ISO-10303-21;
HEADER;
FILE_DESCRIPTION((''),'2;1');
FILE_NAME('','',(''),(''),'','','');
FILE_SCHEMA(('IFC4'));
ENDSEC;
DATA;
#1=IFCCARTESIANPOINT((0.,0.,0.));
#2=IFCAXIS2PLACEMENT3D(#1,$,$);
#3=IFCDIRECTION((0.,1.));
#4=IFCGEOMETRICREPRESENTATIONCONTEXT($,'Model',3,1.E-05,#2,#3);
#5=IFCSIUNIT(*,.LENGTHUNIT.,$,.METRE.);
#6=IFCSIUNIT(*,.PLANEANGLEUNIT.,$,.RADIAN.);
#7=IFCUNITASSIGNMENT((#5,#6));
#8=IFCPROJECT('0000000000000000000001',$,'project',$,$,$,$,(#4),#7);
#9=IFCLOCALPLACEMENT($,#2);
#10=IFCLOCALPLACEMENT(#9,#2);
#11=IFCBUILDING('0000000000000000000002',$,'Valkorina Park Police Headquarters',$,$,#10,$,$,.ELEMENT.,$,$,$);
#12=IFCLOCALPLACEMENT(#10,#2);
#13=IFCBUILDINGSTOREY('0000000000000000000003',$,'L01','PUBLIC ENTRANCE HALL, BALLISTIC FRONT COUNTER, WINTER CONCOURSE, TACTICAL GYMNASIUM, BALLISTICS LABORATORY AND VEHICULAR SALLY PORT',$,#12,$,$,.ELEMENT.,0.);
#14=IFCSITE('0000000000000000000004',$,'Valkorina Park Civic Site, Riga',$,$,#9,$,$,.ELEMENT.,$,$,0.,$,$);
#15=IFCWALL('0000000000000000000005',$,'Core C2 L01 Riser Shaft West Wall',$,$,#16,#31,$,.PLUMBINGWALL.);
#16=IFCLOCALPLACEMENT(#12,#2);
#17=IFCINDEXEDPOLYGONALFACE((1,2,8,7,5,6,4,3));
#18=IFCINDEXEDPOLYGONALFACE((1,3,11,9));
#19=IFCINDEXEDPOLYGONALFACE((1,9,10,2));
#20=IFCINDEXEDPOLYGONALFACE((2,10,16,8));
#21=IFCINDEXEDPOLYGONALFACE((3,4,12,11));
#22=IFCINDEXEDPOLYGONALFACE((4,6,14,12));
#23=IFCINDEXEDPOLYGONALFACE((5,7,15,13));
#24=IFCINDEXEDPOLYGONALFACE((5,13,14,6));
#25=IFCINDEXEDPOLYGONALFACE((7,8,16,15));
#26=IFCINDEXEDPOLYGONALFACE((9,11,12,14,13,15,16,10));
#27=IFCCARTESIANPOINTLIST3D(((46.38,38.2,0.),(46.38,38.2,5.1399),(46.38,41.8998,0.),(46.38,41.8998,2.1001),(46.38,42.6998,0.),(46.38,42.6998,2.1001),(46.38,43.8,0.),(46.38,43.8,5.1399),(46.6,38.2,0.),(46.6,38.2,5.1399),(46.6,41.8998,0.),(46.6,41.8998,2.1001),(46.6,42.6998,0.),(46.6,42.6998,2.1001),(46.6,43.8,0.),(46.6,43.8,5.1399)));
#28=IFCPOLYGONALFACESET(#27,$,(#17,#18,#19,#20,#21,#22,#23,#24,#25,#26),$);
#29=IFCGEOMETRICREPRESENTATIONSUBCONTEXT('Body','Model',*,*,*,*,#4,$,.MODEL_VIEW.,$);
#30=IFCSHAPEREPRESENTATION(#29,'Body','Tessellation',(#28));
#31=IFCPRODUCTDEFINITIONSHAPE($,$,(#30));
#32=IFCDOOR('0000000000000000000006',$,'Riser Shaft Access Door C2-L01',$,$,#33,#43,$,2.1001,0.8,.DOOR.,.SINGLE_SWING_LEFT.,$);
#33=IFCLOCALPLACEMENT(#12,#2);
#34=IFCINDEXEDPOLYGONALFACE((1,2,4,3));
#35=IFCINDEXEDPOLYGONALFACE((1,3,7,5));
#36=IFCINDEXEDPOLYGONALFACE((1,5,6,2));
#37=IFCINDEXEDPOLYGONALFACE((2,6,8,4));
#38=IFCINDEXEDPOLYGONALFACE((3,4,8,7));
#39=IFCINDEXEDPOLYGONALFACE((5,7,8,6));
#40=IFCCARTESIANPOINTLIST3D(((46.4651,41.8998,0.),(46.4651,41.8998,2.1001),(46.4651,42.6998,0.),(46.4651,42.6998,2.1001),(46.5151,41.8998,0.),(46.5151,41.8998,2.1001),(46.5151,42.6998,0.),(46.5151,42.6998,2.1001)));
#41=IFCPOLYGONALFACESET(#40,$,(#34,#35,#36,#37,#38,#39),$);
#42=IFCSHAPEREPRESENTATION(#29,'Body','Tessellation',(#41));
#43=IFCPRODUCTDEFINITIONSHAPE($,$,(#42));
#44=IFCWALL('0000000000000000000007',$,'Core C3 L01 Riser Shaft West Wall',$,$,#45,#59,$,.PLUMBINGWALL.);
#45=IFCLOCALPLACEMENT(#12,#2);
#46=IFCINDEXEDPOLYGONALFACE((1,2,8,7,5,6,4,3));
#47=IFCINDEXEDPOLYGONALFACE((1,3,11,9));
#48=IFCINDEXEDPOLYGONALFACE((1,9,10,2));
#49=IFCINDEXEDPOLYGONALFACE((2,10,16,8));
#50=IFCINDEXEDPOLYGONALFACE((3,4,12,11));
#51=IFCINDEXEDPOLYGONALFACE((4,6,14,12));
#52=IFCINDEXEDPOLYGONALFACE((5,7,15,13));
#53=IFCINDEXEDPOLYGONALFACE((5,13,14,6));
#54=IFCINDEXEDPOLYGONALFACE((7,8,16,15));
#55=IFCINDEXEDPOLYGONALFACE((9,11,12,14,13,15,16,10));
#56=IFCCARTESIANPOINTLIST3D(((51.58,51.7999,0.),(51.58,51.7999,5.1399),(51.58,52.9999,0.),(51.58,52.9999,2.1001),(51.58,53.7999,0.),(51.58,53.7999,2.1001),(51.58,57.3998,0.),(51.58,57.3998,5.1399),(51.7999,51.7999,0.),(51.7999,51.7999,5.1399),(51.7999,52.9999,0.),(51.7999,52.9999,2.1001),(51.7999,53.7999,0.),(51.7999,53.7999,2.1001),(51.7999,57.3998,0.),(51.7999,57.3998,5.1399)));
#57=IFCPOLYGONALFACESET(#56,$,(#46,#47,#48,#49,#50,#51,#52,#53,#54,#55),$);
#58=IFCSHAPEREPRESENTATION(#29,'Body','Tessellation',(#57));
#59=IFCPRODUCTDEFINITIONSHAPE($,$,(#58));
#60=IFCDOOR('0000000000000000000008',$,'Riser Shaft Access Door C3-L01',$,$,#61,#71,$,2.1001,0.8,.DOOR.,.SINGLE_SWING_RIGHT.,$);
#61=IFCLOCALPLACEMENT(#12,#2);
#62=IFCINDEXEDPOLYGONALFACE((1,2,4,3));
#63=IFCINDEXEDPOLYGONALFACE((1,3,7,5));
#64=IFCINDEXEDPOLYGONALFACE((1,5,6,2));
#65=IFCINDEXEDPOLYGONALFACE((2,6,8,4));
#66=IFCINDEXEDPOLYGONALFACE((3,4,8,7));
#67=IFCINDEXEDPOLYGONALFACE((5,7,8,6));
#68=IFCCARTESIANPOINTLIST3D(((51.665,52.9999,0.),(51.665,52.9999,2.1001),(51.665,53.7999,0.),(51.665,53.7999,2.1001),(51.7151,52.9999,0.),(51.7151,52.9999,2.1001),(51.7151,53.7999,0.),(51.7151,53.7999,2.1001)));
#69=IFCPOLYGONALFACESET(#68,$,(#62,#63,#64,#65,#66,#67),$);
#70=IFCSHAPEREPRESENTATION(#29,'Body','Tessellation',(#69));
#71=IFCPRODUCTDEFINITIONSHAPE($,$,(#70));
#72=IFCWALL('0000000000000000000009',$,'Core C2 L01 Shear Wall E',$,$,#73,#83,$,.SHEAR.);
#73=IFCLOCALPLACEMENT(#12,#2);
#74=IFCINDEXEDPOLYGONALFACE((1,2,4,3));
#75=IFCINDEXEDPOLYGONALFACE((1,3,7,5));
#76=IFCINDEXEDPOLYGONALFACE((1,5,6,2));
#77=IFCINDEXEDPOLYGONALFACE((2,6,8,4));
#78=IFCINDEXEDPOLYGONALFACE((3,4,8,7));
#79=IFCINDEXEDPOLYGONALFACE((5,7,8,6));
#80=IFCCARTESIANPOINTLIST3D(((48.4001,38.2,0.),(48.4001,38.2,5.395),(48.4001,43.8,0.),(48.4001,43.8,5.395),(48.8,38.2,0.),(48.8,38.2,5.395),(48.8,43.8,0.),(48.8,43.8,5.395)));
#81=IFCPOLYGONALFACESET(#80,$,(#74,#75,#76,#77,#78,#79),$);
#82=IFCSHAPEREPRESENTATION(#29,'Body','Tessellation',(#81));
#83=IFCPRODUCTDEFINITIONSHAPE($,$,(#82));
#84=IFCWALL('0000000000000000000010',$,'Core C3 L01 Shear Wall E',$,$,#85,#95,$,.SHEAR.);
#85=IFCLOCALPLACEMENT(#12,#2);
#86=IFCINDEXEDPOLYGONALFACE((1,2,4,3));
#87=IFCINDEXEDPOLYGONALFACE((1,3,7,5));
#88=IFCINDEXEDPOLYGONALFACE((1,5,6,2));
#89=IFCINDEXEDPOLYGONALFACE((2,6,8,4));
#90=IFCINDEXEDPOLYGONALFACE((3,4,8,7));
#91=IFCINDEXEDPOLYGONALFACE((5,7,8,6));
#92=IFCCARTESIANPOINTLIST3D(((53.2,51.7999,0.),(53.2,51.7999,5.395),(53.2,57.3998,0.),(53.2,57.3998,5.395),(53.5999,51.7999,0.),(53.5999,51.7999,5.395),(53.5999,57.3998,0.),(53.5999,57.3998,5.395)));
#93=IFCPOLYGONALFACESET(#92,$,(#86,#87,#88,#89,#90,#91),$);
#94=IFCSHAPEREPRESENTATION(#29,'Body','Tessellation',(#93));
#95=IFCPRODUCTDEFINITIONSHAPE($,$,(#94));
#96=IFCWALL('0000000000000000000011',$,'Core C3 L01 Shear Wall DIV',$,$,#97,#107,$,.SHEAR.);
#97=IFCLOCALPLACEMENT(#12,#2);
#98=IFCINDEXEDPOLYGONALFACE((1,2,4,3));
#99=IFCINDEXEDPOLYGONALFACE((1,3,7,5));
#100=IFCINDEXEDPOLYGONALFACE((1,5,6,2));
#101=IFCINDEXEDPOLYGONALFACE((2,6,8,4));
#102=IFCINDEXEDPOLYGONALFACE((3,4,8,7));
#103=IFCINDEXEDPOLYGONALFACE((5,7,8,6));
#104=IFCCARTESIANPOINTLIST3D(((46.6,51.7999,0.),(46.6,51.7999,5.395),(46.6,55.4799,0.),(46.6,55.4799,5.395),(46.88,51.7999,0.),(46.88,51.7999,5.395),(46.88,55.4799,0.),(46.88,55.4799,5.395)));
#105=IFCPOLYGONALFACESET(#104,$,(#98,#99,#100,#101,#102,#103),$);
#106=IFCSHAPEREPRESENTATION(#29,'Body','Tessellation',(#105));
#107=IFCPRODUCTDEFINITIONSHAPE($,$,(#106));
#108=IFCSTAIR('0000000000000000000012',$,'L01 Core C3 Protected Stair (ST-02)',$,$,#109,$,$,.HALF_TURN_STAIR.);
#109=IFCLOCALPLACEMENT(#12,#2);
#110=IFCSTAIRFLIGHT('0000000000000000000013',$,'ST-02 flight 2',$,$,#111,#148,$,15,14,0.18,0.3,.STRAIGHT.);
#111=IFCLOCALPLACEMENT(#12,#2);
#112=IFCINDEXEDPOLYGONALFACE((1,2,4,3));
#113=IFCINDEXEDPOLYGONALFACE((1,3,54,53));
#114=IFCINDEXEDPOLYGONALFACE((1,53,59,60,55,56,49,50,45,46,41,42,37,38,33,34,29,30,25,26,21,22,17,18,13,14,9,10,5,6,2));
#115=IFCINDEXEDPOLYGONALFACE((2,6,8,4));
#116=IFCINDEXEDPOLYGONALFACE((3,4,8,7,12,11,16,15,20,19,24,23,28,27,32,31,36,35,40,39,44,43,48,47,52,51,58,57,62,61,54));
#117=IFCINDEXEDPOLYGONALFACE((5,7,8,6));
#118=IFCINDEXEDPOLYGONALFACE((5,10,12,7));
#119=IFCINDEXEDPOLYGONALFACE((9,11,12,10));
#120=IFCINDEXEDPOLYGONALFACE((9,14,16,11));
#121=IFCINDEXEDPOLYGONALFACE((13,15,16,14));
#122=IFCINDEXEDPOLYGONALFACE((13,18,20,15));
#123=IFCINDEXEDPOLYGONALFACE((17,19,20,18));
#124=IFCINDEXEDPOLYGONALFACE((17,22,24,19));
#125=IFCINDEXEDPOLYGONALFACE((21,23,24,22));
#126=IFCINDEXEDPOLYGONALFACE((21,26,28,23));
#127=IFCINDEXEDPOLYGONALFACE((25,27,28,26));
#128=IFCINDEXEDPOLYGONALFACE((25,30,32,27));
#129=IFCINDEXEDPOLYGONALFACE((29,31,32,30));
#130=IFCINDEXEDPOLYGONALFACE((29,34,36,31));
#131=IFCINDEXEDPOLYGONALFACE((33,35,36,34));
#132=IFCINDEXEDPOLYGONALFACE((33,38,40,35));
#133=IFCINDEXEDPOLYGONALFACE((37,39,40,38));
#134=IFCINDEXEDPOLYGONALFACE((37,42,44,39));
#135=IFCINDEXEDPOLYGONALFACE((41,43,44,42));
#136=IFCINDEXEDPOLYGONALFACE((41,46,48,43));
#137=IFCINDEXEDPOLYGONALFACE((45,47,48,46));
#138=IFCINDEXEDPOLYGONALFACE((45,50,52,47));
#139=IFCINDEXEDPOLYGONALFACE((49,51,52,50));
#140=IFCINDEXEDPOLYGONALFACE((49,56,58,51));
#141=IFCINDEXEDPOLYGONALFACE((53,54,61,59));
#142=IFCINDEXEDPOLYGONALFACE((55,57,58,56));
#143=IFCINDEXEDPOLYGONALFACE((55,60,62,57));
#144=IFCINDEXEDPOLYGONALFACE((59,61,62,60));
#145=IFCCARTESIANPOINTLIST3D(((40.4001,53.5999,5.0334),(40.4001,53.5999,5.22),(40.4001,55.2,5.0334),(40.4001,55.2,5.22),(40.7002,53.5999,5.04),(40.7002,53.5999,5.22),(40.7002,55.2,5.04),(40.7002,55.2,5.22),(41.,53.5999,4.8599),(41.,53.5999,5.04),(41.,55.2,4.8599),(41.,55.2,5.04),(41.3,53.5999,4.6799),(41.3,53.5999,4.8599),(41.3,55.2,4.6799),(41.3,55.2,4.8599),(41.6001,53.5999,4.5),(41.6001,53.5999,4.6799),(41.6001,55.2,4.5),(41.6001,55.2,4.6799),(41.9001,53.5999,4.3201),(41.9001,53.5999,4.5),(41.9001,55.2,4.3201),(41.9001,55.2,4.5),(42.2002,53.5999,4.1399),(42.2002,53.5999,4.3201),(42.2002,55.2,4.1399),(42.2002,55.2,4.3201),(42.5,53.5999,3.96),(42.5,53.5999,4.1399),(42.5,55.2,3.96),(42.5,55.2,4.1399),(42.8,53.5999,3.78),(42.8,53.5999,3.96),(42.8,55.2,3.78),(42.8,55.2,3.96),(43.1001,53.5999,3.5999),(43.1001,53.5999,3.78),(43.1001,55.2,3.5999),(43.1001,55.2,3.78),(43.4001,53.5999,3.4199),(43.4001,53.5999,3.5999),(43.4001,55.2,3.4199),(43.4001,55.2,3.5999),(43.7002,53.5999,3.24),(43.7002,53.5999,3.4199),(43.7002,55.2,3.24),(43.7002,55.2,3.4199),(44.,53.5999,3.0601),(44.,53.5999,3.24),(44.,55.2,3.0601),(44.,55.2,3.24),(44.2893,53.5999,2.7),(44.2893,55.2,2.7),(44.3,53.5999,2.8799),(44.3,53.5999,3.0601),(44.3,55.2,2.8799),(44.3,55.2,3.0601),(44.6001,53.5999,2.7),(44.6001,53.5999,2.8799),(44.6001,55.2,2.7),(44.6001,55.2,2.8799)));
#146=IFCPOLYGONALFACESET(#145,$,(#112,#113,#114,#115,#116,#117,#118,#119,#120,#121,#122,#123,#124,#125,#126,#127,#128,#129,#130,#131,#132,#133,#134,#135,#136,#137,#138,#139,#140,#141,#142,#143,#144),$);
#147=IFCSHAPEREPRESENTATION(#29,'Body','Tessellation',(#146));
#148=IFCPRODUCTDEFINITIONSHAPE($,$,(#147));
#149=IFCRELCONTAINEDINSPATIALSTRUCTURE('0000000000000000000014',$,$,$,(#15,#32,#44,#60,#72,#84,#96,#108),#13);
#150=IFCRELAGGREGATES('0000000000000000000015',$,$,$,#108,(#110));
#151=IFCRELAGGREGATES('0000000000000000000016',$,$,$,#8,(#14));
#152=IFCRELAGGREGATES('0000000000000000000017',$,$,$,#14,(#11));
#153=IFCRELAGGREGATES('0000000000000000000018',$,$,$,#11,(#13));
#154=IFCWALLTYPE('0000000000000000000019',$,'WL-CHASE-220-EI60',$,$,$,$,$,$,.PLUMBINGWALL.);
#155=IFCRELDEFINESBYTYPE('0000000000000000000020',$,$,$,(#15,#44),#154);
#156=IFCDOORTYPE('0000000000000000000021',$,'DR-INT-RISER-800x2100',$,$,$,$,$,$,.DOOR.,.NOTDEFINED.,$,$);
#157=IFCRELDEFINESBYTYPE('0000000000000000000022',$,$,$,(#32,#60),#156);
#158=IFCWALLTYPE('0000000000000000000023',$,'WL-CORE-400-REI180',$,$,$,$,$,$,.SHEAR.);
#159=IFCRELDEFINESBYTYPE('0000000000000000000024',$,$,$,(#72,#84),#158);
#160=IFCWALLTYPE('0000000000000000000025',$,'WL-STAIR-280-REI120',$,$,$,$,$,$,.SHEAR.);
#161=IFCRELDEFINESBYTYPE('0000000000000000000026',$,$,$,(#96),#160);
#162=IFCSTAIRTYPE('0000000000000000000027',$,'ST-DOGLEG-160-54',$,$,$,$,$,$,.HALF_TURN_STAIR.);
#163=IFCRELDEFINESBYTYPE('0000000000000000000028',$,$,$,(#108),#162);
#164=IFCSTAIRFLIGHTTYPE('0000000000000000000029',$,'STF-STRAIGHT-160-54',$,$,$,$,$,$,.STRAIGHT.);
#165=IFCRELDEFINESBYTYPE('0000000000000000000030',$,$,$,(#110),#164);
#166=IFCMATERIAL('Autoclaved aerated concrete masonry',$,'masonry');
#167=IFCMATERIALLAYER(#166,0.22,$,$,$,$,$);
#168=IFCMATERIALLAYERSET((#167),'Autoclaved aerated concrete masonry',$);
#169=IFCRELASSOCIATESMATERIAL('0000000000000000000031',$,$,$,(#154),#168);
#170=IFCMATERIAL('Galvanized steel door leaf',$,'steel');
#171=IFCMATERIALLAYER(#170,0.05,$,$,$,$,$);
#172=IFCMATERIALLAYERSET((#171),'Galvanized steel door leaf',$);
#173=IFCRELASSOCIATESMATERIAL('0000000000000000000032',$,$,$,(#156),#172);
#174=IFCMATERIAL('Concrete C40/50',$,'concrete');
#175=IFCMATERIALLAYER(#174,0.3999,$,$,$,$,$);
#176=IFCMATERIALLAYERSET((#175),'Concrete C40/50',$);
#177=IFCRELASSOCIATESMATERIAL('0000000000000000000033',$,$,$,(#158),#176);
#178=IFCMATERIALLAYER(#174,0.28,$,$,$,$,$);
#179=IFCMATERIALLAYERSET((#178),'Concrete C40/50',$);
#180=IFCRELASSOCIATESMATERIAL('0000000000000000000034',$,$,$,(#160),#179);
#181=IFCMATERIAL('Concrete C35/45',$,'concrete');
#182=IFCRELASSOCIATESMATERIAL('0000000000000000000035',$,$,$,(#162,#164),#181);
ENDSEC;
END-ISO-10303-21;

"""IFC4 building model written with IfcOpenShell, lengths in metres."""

from ifc_helpers import new_model, si_unit, direction, frame, frame_2d, origin, place, context, subcontext, project, spatial, polyline, rectangle, outline, extrude, material, layer, layer_set, type_object, element, fill, aggregate, save


model = new_model("IFC4")

# Units and contexts
model_context = context("Model", 3, precision=1e-05, world=origin(), true_north=direction((0.0, 1.0)))
body_context = subcontext(model_context, "Body", "Model", "MODEL_VIEW")
ifc_project = project(units=[si_unit("LENGTHUNIT", "METRE"), si_unit("PLANEANGLEUNIT", "RADIAN")], contexts=[model_context])

# Site, building, storey
site_placement = place(None, origin())
site = spatial("IfcSite", under=ifc_project, at=site_placement, Name="Valkorina Park Civic Site, Riga", CompositionType="ELEMENT", RefElevation=0.0)
building_placement = place(site_placement, origin())
building = spatial("IfcBuilding", under=site, at=building_placement, Name="Valkorina Park Police Headquarters", CompositionType="ELEMENT")
storey_placement = place(building_placement, origin())
storey = spatial("IfcBuildingStorey", under=building, at=storey_placement, Name="L01", Description="PUBLIC ENTRANCE HALL, BALLISTIC FRONT COUNTER, WINTER CONCOURSE, TACTICAL GYMNASIUM, BALLISTICS LABORATORY AND VEHICULAR SALLY PORT", CompositionType="ELEMENT", Elevation=0.0)

# Shared definitions
ifc_material_1 = material(Name="Concrete C40/50", Category="concrete")

# Shared definitions
ifc_material_2 = material(Name="Autoclaved aerated concrete masonry", Category="masonry")
ifc_layer_1 = layer(ifc_material_2, 0.22)
ifc_layer_set_1 = layer_set([ifc_layer_1], Name="Autoclaved aerated concrete masonry")
wall_type_1 = type_object("IfcWallType", Name="WL-CHASE-220-EI60", PredefinedType="PLUMBINGWALL", material=ifc_layer_set_1)

# Walls, openings, doors
wall_1_placement = place(storey_placement, frame((46.49, 38.2, 0.0), z_axis=(0.0, 0.0, 1.0), x_axis=(0.0, 1.0, 0.0)))
wall_1 = element("IfcWall", 1, at=wall_1_placement, inside=storey, type_object=wall_type_1, Name="Core C2 L01 Riser Shaft West Wall", PredefinedType="PLUMBINGWALL", context=body_context, shape_type="SweptSolid", body=[
    extrude(rectangle(XDim=5.6001, YDim=0.22, at=frame_2d((2.8, 0.0))), origin(), (0.0, 0.0, 1.0), 5.1399),
])
opening_1_placement = place(wall_1_placement, frame((3.7, 0.0, 0.0)))
opening_1 = element("IfcOpeningElement", 2, at=opening_1_placement, cuts=wall_1, PredefinedType="OPENING", context=body_context, shape_type="SweptSolid", body=[
    extrude(rectangle(XDim=0.8, YDim=2.1001, at=frame_2d((0.3999, 1.05))), frame((0.0, 0.1201, 0.0), z_axis=(0.0, -1.0, 0.0), x_axis=(1.0, 0.0, 0.0)), (0.0, 0.0, 1.0), 0.24),
])
ifc_material_3 = material(Name="Galvanized steel door leaf", Category="steel")
ifc_layer_2 = layer(ifc_material_3, 0.05)
ifc_layer_set_2 = layer_set([ifc_layer_2], Name="Galvanized steel door leaf")
door_type_1 = type_object("IfcDoorType", Name="DR-INT-RISER-800x2100", OperationType="NOTDEFINED", PredefinedType="DOOR", material=ifc_layer_set_2)
door_1_placement = place(opening_1_placement, origin())
door_1 = element("IfcDoor", 3, at=door_1_placement, inside=storey, type_object=door_type_1, Name="Riser Shaft Access Door C2-L01", OperationType="SINGLE_SWING_LEFT", OverallHeight=2.1001, OverallWidth=0.8, PredefinedType="DOOR", context=body_context, shape_type="SweptSolid", body=[
    extrude(rectangle(XDim=0.8, YDim=2.1001, at=frame_2d((0.3999, 1.05))), frame((0.0, 0.0249, 0.0), z_axis=(0.0, -1.0, 0.0), x_axis=(1.0, 0.0, 0.0)), (0.0, 0.0, 1.0), 0.05),
])
fill(opening_1, door_1)
wall_2_placement = place(storey_placement, frame((51.6899, 51.8, 0.0), z_axis=(0.0, 0.0, 1.0), x_axis=(0.0, 1.0, 0.0)))
wall_2 = element("IfcWall", 4, at=wall_2_placement, inside=storey, type_object=wall_type_1, Name="Core C3 L01 Riser Shaft West Wall", PredefinedType="PLUMBINGWALL", context=body_context, shape_type="SweptSolid", body=[
    extrude(rectangle(XDim=5.5999, YDim=0.22, at=frame_2d((2.7998, 0.0))), origin(), (0.0, 0.0, 1.0), 5.1399),
])
opening_2_placement = place(wall_2_placement, frame((1.2, 0.0, 0.0)))
opening_2 = element("IfcOpeningElement", 5, at=opening_2_placement, cuts=wall_2, PredefinedType="OPENING", context=body_context, shape_type="SweptSolid", body=[
    extrude(rectangle(XDim=0.8, YDim=2.1001, at=frame_2d((0.3999, 1.05))), frame((0.0, 0.1201, 0.0), z_axis=(0.0, -1.0, 0.0), x_axis=(1.0, 0.0, 0.0)), (0.0, 0.0, 1.0), 0.24),
])
door_2_placement = place(opening_2_placement, origin())
door_2 = element("IfcDoor", 6, at=door_2_placement, inside=storey, type_object=door_type_1, Name="Riser Shaft Access Door C3-L01", OperationType="SINGLE_SWING_RIGHT", OverallHeight=2.1001, OverallWidth=0.8, PredefinedType="DOOR", context=body_context, shape_type="SweptSolid", body=[
    extrude(rectangle(XDim=0.8, YDim=2.1001, at=frame_2d((0.3999, 1.05))), frame((0.0, 0.0249, 0.0), z_axis=(0.0, -1.0, 0.0), x_axis=(1.0, 0.0, 0.0)), (0.0, 0.0, 1.0), 0.05),
])
fill(opening_2, door_2)

# Walls
ifc_layer_3 = layer(ifc_material_1, 0.3999)
ifc_layer_set_3 = layer_set([ifc_layer_3], Name="Concrete C40/50")
wall_type_2 = type_object("IfcWallType", Name="WL-CORE-400-REI180", PredefinedType="SHEAR", material=ifc_layer_set_3)
wall_3_placement = place(storey_placement, frame((48.6001, 38.2, 0.0), z_axis=(0.0, 0.0, 1.0), x_axis=(0.0, 1.0, 0.0)))
element("IfcWall", 7, at=wall_3_placement, inside=storey, type_object=wall_type_2, Name="Core C2 L01 Shear Wall E", PredefinedType="SHEAR", context=body_context, shape_type="SweptSolid", body=[
    extrude(rectangle(XDim=5.6001, YDim=0.3999, at=frame_2d((2.8, 0.0))), origin(), (0.0, 0.0, 1.0), 5.395),
])
wall_4_placement = place(storey_placement, frame((53.3999, 51.8, 0.0), z_axis=(0.0, 0.0, 1.0), x_axis=(0.0, 1.0, 0.0)))
element("IfcWall", 8, at=wall_4_placement, inside=storey, type_object=wall_type_2, Name="Core C3 L01 Shear Wall E", PredefinedType="SHEAR", context=body_context, shape_type="SweptSolid", body=[
    extrude(rectangle(XDim=5.5999, YDim=0.3999, at=frame_2d((2.7998, 0.0))), origin(), (0.0, 0.0, 1.0), 5.395),
])
ifc_layer_4 = layer(ifc_material_1, 0.28)
ifc_layer_set_4 = layer_set([ifc_layer_4], Name="Concrete C40/50")
wall_type_3 = type_object("IfcWallType", Name="WL-STAIR-280-REI120", PredefinedType="SHEAR", material=ifc_layer_set_4)
wall_5_placement = place(storey_placement, frame((46.74, 51.8, 0.0), z_axis=(0.0, 0.0, 1.0), x_axis=(0.0, 1.0, 0.0)))
element("IfcWall", 9, at=wall_5_placement, inside=storey, type_object=wall_type_3, Name="Core C3 L01 Shear Wall DIV", PredefinedType="SHEAR", context=body_context, shape_type="SweptSolid", body=[
    extrude(rectangle(XDim=3.6799, YDim=0.28, at=frame_2d((1.8398, 0.0))), origin(), (0.0, 0.0, 1.0), 5.395),
])

# Stair, stair flight
ifc_material_4 = material(Name="Concrete C35/45", Category="concrete")
stair_type = type_object("IfcStairType", Name="ST-DOGLEG-160-54", PredefinedType="HALF_TURN_STAIR", material=ifc_material_4)
stair_placement = place(storey_placement, origin())
stair = element("IfcStair", 10, at=stair_placement, inside=storey, type_object=stair_type, Name="L01 Core C3 Protected Stair (ST-02)", PredefinedType="HALF_TURN_STAIR")
stair_flight_type = type_object("IfcStairFlightType", Name="STF-STRAIGHT-160-54", PredefinedType="STRAIGHT", material=ifc_material_4)
stair_flight_placement = place(storey_placement, frame((44.6001, 54.3999, 2.7), z_axis=(0.0, 0.0, 1.0), x_axis=(-1.0, 0.0, 0.0)))
stair_flight = element("IfcStairFlight", 11, at=stair_flight_placement, type_object=stair_flight_type, Name="ST-02 flight 2", NumberOfRisers=15, NumberOfTreads=14, PredefinedType="STRAIGHT", RiserHeight=0.18, TreadLength=0.3, context=body_context, shape_type="SweptSolid", body=[
    extrude(outline(polyline([(0.0, 0.0), (0.0, 0.1799), (0.3, 0.1799), (0.3, 0.3601), (0.6001, 0.3601), (0.6001, 0.54), (0.8999, 0.54), (0.8999, 0.72), (1.2, 0.72), (1.2, 0.8999), (1.5, 0.8999), (1.5, 1.0801), (1.8, 1.0801), (1.8, 1.26), (2.1001, 1.26), (2.1001, 1.4399), (2.3999, 1.4399), (2.3999, 1.6201), (2.7, 1.6201), (2.7, 1.8), (3.0, 1.8), (3.0, 1.98), (3.3, 1.98), (3.3, 2.1599), (3.6001, 2.1599), (3.6001, 2.3401), (3.8999, 2.3401), (3.8999, 2.52), (4.2, 2.52), (4.2, 2.7), (4.2, 2.3335), (0.3108, 0.0), (0.0, 0.0)])), frame((0.0, 0.8, 0.0), z_axis=(0.0, -1.0, 0.0), x_axis=(1.0, 0.0, 0.0)), (0.0, 0.0, 1.0), 1.6001),
])
aggregate(stair, [stair_flight])

save(model, "model.ifc")
